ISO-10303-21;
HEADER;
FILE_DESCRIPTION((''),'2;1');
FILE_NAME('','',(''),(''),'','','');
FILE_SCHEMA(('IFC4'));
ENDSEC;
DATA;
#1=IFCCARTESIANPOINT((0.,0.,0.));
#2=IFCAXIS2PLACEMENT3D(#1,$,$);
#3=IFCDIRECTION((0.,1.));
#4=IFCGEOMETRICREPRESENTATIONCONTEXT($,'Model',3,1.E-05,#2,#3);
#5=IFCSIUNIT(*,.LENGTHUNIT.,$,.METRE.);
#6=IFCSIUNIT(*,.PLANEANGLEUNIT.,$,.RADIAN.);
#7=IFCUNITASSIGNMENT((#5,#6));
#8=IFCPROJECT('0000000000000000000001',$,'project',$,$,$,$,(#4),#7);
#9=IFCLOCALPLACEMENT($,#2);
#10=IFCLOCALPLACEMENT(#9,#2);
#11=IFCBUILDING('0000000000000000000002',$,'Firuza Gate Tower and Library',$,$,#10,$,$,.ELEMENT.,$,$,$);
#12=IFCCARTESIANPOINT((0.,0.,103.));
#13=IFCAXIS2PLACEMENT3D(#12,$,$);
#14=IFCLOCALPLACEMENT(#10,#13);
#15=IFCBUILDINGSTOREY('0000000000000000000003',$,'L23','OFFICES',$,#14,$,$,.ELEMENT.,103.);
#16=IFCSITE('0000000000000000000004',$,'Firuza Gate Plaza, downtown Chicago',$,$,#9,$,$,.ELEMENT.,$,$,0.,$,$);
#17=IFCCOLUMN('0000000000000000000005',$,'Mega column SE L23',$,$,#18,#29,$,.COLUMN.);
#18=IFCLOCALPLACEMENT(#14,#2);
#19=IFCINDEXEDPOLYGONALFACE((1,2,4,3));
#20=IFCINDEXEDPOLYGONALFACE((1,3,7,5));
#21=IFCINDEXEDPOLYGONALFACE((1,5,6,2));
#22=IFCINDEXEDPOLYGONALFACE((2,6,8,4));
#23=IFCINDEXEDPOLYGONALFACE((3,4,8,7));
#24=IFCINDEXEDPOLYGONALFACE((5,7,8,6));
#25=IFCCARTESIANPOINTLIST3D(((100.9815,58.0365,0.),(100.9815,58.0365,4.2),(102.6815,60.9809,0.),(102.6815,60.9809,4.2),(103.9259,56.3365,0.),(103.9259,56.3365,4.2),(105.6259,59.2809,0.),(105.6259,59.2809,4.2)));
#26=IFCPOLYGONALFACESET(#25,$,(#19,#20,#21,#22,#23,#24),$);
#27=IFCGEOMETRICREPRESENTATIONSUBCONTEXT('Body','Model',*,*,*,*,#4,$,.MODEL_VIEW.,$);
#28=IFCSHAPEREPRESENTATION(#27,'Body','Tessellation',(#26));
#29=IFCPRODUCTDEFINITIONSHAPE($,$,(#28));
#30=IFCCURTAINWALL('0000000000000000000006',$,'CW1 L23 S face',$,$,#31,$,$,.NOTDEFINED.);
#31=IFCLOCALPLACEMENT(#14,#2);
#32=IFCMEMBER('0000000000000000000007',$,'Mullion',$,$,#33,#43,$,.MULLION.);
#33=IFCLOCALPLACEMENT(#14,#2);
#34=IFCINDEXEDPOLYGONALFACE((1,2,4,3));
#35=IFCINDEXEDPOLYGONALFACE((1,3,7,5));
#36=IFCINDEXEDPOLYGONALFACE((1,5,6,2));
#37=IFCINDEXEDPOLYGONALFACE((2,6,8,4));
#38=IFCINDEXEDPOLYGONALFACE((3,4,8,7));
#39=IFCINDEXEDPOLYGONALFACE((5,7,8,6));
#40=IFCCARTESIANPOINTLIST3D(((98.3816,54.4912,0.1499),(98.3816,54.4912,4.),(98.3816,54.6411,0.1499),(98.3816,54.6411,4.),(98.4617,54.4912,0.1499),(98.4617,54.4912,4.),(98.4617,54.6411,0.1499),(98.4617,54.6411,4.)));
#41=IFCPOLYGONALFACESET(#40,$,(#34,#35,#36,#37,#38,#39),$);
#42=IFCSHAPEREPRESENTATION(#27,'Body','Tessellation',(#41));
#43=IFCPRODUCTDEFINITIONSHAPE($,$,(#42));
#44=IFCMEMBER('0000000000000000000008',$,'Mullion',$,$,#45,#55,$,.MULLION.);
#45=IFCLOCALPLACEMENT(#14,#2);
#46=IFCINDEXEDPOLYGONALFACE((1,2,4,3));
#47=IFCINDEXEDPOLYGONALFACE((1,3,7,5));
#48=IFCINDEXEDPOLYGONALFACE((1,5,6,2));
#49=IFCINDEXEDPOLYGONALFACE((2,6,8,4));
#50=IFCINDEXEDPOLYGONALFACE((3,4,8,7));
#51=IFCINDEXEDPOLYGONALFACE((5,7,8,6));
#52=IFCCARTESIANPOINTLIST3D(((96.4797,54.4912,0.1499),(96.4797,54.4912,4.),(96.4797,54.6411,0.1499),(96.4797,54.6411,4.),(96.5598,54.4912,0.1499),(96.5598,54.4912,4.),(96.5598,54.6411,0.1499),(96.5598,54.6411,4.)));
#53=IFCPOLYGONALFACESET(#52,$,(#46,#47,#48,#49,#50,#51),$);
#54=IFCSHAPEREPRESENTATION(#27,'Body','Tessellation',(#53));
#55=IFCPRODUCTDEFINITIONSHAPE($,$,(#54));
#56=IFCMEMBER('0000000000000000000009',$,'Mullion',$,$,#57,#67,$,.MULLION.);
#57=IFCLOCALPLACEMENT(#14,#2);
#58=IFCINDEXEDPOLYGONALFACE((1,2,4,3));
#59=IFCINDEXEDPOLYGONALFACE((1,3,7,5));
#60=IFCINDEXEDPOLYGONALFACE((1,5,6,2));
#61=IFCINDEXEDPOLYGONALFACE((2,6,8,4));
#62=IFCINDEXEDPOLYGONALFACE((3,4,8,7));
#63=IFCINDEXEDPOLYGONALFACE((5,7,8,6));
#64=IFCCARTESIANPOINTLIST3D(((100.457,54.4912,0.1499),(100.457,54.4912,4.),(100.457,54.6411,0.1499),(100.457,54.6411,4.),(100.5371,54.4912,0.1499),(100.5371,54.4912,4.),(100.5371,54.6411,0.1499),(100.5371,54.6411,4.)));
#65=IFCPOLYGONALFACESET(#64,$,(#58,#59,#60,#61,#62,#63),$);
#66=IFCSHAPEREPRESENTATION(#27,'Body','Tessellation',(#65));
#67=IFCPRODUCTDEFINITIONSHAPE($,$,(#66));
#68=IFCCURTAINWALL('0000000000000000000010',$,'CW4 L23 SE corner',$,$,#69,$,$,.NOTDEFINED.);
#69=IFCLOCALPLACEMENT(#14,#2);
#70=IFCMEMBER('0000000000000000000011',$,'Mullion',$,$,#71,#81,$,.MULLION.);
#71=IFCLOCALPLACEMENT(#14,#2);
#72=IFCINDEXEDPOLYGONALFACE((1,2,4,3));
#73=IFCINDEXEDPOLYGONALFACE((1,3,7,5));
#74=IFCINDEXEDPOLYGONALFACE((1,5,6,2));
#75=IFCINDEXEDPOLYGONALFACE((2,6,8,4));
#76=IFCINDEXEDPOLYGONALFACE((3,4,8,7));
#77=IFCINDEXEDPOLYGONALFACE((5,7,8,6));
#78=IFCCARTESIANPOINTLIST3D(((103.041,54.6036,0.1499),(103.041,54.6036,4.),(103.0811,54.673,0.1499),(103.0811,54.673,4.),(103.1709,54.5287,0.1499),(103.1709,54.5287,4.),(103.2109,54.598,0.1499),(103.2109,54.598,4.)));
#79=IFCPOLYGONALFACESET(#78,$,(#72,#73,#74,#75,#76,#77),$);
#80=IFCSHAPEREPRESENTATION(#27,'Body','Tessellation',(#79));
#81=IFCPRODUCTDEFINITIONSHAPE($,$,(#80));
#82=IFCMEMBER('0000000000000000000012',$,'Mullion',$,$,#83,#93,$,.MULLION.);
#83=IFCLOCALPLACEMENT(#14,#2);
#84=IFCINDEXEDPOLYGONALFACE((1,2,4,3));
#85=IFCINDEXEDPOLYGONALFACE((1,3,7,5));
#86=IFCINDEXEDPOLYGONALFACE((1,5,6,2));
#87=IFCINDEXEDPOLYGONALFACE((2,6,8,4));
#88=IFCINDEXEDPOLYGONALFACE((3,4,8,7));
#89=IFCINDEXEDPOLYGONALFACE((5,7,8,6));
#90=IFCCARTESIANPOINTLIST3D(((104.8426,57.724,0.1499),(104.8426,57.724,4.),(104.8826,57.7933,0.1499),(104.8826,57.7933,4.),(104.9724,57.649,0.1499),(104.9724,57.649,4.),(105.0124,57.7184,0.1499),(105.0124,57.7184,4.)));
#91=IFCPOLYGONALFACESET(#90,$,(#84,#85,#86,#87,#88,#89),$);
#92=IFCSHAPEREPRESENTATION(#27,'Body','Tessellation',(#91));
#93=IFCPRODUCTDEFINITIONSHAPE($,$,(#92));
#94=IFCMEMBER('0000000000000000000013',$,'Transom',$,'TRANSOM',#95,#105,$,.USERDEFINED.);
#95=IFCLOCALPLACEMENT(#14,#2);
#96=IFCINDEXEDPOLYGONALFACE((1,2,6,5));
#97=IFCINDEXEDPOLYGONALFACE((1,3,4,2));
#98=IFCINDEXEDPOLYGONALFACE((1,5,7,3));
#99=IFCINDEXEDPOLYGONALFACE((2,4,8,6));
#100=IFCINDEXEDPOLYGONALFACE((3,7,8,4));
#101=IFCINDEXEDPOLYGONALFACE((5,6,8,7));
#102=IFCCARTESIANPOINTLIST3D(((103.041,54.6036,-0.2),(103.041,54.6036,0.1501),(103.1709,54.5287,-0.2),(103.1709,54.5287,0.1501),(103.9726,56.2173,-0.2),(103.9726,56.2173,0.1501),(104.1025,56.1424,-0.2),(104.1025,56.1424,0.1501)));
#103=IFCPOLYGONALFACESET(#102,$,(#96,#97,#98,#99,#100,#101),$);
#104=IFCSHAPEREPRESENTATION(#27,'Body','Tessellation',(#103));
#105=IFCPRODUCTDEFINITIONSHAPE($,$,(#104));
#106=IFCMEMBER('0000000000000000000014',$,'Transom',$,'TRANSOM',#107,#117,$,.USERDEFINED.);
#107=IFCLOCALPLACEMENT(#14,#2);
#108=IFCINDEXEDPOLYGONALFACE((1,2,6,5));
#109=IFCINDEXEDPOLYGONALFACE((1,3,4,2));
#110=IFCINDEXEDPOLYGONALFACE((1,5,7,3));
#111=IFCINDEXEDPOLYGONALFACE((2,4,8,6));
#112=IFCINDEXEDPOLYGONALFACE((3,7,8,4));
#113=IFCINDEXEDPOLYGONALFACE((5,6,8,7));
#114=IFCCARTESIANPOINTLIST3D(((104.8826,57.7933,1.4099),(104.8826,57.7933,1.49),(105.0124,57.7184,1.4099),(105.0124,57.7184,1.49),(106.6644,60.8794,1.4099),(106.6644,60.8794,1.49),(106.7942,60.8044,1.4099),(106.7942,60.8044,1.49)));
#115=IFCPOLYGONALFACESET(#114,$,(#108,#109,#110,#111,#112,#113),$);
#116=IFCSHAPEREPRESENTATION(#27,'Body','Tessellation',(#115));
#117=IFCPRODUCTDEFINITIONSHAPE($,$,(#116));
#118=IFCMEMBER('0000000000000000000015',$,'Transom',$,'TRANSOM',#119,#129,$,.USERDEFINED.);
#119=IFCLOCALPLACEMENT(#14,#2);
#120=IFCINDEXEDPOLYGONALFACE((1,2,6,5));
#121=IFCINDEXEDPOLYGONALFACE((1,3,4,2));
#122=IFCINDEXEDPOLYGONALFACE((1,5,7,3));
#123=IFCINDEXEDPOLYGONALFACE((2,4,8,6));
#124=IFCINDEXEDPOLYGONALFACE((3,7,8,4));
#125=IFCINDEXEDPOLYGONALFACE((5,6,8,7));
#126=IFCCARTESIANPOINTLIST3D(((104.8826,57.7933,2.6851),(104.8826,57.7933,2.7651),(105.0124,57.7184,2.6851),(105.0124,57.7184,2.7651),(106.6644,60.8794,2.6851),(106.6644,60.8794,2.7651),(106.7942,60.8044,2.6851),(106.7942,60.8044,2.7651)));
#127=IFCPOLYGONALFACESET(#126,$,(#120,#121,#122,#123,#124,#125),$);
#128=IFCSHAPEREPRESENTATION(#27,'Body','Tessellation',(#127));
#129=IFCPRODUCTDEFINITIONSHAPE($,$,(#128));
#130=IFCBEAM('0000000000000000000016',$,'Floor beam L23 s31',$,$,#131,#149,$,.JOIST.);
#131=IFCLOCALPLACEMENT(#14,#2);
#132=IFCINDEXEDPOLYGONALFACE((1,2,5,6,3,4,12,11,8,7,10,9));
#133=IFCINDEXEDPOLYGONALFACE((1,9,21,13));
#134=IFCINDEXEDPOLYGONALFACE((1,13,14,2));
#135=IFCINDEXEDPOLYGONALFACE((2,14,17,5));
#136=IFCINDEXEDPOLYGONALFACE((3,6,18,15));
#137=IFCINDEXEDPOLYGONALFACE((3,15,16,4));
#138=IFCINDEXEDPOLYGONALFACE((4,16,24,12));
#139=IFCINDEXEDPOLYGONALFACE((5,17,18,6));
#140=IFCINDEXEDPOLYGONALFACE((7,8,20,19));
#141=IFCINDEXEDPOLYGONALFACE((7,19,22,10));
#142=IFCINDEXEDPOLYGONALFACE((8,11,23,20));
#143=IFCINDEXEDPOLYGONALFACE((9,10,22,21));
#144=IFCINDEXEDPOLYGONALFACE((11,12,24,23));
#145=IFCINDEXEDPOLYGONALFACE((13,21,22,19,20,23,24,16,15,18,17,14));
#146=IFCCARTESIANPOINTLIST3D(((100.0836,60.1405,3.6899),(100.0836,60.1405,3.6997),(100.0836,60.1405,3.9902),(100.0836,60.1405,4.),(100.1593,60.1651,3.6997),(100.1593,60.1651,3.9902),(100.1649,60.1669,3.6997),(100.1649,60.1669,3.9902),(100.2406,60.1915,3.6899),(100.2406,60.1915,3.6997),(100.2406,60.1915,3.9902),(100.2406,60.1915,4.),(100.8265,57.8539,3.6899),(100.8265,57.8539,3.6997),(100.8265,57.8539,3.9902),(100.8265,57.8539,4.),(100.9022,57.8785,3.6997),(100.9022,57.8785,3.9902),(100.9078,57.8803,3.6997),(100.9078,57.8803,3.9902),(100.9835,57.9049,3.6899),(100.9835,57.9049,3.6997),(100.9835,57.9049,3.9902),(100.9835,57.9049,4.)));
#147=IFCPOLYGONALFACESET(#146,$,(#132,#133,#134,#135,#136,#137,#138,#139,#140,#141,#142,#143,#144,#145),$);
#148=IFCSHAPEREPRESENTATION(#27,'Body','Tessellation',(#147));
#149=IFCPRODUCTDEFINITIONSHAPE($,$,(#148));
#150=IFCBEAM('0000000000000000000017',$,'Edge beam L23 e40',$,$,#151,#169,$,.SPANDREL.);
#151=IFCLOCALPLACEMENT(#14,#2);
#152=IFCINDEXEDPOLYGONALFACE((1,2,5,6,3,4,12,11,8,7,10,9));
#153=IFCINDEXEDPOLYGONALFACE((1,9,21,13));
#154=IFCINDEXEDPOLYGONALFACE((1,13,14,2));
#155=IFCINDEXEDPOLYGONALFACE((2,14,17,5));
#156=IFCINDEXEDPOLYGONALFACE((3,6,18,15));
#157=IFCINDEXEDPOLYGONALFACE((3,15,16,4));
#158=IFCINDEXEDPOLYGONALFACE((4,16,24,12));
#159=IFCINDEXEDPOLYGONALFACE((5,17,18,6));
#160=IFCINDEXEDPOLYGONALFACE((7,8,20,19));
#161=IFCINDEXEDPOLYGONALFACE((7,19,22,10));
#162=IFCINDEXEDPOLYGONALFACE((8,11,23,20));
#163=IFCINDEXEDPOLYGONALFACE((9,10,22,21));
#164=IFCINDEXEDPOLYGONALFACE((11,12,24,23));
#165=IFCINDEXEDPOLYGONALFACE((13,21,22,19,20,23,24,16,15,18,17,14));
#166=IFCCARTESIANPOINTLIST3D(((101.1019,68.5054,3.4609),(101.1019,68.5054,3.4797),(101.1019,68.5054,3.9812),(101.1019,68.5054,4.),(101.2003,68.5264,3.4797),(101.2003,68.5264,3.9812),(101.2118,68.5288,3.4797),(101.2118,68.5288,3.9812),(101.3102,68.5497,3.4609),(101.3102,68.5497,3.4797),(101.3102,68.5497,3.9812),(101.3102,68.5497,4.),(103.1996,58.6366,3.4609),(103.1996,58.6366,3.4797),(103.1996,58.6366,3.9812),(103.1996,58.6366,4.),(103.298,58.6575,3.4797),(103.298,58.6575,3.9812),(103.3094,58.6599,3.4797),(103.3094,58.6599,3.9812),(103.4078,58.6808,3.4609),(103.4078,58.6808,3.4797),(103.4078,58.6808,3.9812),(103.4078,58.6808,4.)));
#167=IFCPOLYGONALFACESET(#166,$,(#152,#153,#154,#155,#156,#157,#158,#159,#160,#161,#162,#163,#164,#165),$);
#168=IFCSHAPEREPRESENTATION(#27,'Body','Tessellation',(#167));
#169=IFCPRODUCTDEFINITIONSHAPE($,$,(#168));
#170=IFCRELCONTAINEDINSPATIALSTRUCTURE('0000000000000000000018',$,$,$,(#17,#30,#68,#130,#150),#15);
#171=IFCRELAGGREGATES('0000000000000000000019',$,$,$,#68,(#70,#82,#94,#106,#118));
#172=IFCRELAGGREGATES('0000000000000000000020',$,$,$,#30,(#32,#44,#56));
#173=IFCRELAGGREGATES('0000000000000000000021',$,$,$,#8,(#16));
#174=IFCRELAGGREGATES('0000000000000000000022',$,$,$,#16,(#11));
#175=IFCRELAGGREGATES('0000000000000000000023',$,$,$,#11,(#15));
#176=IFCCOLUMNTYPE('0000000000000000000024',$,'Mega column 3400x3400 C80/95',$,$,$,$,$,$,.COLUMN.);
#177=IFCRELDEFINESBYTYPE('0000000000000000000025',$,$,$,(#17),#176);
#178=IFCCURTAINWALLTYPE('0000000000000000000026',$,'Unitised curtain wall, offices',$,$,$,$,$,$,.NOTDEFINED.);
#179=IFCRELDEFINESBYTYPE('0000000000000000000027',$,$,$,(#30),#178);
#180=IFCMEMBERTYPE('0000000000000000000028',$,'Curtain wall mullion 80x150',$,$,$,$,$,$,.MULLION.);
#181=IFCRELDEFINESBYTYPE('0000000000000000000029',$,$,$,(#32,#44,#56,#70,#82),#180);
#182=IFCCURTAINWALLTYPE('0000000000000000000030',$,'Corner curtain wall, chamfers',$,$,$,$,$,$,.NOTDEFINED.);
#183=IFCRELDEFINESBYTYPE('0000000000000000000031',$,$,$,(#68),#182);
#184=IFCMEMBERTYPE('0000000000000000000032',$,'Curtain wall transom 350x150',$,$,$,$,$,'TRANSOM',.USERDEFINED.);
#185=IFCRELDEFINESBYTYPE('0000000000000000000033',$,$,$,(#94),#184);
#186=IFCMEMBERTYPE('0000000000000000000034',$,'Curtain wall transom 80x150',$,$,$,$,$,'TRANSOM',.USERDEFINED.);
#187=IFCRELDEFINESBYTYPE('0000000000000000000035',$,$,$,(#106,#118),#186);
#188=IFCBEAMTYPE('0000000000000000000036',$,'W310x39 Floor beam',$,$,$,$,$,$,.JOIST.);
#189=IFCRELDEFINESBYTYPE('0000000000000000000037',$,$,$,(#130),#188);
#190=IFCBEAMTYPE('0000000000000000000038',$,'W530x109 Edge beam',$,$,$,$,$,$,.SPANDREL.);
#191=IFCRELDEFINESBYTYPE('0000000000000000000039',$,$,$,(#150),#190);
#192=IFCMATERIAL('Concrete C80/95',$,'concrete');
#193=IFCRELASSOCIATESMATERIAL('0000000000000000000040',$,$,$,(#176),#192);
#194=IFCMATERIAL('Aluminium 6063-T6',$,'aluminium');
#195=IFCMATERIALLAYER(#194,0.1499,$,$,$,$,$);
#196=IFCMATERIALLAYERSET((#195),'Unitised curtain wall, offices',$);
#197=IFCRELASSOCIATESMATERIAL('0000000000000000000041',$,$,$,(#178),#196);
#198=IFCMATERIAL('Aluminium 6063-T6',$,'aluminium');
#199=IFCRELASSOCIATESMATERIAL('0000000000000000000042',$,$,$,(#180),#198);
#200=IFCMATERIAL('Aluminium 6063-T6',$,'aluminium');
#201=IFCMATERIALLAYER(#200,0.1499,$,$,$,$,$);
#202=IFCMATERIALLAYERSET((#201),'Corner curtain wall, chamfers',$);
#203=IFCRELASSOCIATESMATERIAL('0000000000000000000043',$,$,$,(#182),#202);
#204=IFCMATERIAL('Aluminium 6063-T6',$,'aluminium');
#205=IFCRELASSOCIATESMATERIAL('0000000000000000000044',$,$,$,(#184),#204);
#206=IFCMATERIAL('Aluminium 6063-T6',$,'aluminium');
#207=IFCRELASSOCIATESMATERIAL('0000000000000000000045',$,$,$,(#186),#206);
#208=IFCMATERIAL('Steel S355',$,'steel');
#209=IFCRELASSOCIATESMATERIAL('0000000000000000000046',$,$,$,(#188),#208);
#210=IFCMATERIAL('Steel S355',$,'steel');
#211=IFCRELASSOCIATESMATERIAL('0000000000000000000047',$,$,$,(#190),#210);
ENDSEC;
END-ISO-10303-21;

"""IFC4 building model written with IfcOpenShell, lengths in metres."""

from ifc_helpers import new_model, si_unit, direction, frame, origin, origin_2d, place, context, subcontext, project, spatial, rectangle, i_section, extrude, material, layer, layer_set, material_profile, profile_set, type_object, element, aggregate, save


model = new_model("IFC4")

# Units and contexts
model_context = context("Model", 3, precision=1e-05, world=origin(), true_north=direction((0.0, 1.0)))
body_context = subcontext(model_context, "Body", "Model", "MODEL_VIEW")
ifc_project = project(units=[si_unit("LENGTHUNIT", "METRE"), si_unit("PLANEANGLEUNIT", "RADIAN")], contexts=[model_context])

# Site, building, storey
site_placement = place(None, origin())
site = spatial("IfcSite", under=ifc_project, at=site_placement, Name="Firuza Gate Plaza, downtown Chicago", CompositionType="ELEMENT", RefElevation=0.0)
building_placement = place(site_placement, origin())
building = spatial("IfcBuilding", under=site, at=building_placement, Name="Firuza Gate Tower and Library", CompositionType="ELEMENT")
storey_placement = place(building_placement, frame((0.0, 0.0, 103.0)))
storey = spatial("IfcBuildingStorey", under=building, at=storey_placement, Name="L23", Description="OFFICES", CompositionType="ELEMENT", Elevation=103.0)

# Column
ifc_material_1 = material(Name="Concrete C80/95", Category="concrete")
ifc_material_profile_1 = material_profile(ifc_material_1, rectangle(XDim=3.3999, YDim=3.3999, at=origin_2d()))
ifc_profile_set_1 = profile_set([ifc_material_profile_1], Name="Concrete C80/95")
column_type = type_object("IfcColumnType", Name="Mega column 3400x3400 C80/95", PredefinedType="COLUMN", material=ifc_profile_set_1)
column_placement = place(storey_placement, frame((103.3037, 58.6587, 0.0), z_axis=(0.0, 0.0, 1.0), x_axis=(0.5, 0.866025, 0.0)))
element("IfcColumn", 1, at=column_placement, inside=storey, type_object=column_type, Name="Mega column SE L23", PredefinedType="COLUMN", context=body_context, shape_type="SweptSolid", body=[
    extrude(rectangle(XDim=3.3999, YDim=3.3999, at=origin_2d()), origin(), (0.0, 0.0, 1.0), 4.2),
])

# Curtain walls, members
ifc_material_2 = material(Name="Aluminium 6063-T6", Category="aluminium")
ifc_layer_1 = layer(ifc_material_2, 0.1499)
ifc_layer_set_1 = layer_set([ifc_layer_1], Name="Unitised curtain wall, offices")
curtain_wall_type_1 = type_object("IfcCurtainWallType", Name="Unitised curtain wall, offices", PredefinedType="NOTDEFINED", material=ifc_layer_set_1)
placement = place(storey_placement, origin())
curtain_wall_1 = element("IfcCurtainWall", 2, at=placement, inside=storey, type_object=curtain_wall_type_1, Name="CW1 L23 S face", PredefinedType="NOTDEFINED")
ifc_material_3 = material(Name="Aluminium 6063-T6", Category="aluminium")
ifc_material_profile_2 = material_profile(ifc_material_3, rectangle(XDim=0.1499, YDim=0.0801, at=origin_2d()))
ifc_profile_set_2 = profile_set([ifc_material_profile_2], Name="Aluminium 6063-T6")
member_type_1 = type_object("IfcMemberType", Name="Curtain wall mullion 80x150", PredefinedType="MULLION", material=ifc_profile_set_2)
member_1_placement = place(storey_placement, frame((98.4216, 54.5662, 0.1499), z_axis=(0.0, 0.0, 1.0), x_axis=(0.0, 1.0, 0.0)))
member_1 = element("IfcMember", 3, at=member_1_placement, type_object=member_type_1, Name="Mullion", PredefinedType="MULLION", context=body_context, shape_type="SweptSolid", body=[
    extrude(rectangle(XDim=0.1499, YDim=0.0801, at=origin_2d()), origin(), (0.0, 0.0, 1.0), 3.8501),
])
member_2_placement = place(storey_placement, frame((96.5198, 54.5662, 0.1499), z_axis=(0.0, 0.0, 1.0), x_axis=(0.0, 1.0, 0.0)))
member_2 = element("IfcMember", 4, at=member_2_placement, type_object=member_type_1, Name="Mullion", PredefinedType="MULLION", context=body_context, shape_type="SweptSolid", body=[
    extrude(rectangle(XDim=0.1499, YDim=0.0801, at=origin_2d()), origin(), (0.0, 0.0, 1.0), 3.8501),
])
member_3_placement = place(storey_placement, frame((100.4971, 54.5662, 0.1499), z_axis=(0.0, 0.0, 1.0), x_axis=(0.0, 1.0, 0.0)))
member_3 = element("IfcMember", 5, at=member_3_placement, type_object=member_type_1, Name="Mullion", PredefinedType="MULLION", context=body_context, shape_type="SweptSolid", body=[
    extrude(rectangle(XDim=0.1499, YDim=0.0801, at=origin_2d()), origin(), (0.0, 0.0, 1.0), 3.8501),
])
ifc_material_4 = material(Name="Aluminium 6063-T6", Category="aluminium")
ifc_layer_2 = layer(ifc_material_4, 0.1499)
ifc_layer_set_2 = layer_set([ifc_layer_2], Name="Corner curtain wall, chamfers")
curtain_wall_type_2 = type_object("IfcCurtainWallType", Name="Corner curtain wall, chamfers", PredefinedType="NOTDEFINED", material=ifc_layer_set_2)
curtain_wall_2 = element("IfcCurtainWall", 6, at=placement, inside=storey, type_object=curtain_wall_type_2, Name="CW4 L23 SE corner", PredefinedType="NOTDEFINED")
member_4_placement = place(storey_placement, frame((103.126, 54.6008, 0.1499), z_axis=(0.0, 0.0, 1.0), x_axis=(-0.866025, 0.5, 0.0)))
member_4 = element("IfcMember", 7, at=member_4_placement, type_object=member_type_1, Name="Mullion", PredefinedType="MULLION", context=body_context, shape_type="SweptSolid", body=[
    extrude(rectangle(XDim=0.1499, YDim=0.0801, at=origin_2d()), origin(), (0.0, 0.0, 1.0), 3.8501),
])
member_5_placement = place(storey_placement, frame((104.9275, 57.7212, 0.1499), z_axis=(0.0, 0.0, 1.0), x_axis=(-0.866025, 0.5, 0.0)))
member_5 = element("IfcMember", 8, at=member_5_placement, type_object=member_type_1, Name="Mullion", PredefinedType="MULLION", context=body_context, shape_type="SweptSolid", body=[
    extrude(rectangle(XDim=0.1499, YDim=0.0801, at=origin_2d()), origin(), (0.0, 0.0, 1.0), 3.8501),
])
ifc_material_5 = material(Name="Aluminium 6063-T6", Category="aluminium")
ifc_material_profile_3 = material_profile(ifc_material_5, rectangle(XDim=0.1499, YDim=0.3501, at=origin_2d()))
ifc_profile_set_3 = profile_set([ifc_material_profile_3], Name="Aluminium 6063-T6")
member_type_2 = type_object("IfcMemberType", Name="Curtain wall transom 350x150", ElementType="TRANSOM", PredefinedType="USERDEFINED", material=ifc_profile_set_3)
member_6_placement = place(storey_placement, frame((103.106, 54.5662, -0.0249), z_axis=(0.499972, 0.866042, 0.0), x_axis=(-0.866042, 0.499972, 0.0)))
member_6 = element("IfcMember", 9, at=member_6_placement, type_object=member_type_2, Name="Transom", ObjectType="TRANSOM", PredefinedType="USERDEFINED", context=body_context, shape_type="SweptSolid", body=[
    extrude(rectangle(XDim=0.1499, YDim=0.3501, at=origin_2d()), origin(), (0.0, 0.0, 1.0), 1.8633),
])
ifc_material_6 = material(Name="Aluminium 6063-T6", Category="aluminium")
ifc_material_profile_4 = material_profile(ifc_material_6, rectangle(XDim=0.1499, YDim=0.0801, at=origin_2d()))
ifc_profile_set_4 = profile_set([ifc_material_profile_4], Name="Aluminium 6063-T6")
member_type_3 = type_object("IfcMemberType", Name="Curtain wall transom 80x150", ElementType="TRANSOM", PredefinedType="USERDEFINED", material=ifc_profile_set_4)
member_7_placement = place(storey_placement, frame((104.9475, 57.7559, 1.45), z_axis=(0.500015, 0.866017, 0.0), x_axis=(-0.866017, 0.500015, 0.0)))
member_7 = element("IfcMember", 10, at=member_7_placement, type_object=member_type_3, Name="Transom", ObjectType="TRANSOM", PredefinedType="USERDEFINED", context=body_context, shape_type="SweptSolid", body=[
    extrude(rectangle(XDim=0.1499, YDim=0.0801, at=origin_2d()), origin(), (0.0, 0.0, 1.0), 3.5635),
])
member_8_placement = place(storey_placement, frame((104.9475, 57.7559, 2.7251), z_axis=(0.500015, 0.866017, 0.0), x_axis=(-0.866017, 0.500015, 0.0)))
member_8 = element("IfcMember", 11, at=member_8_placement, type_object=member_type_3, Name="Transom", ObjectType="TRANSOM", PredefinedType="USERDEFINED", context=body_context, shape_type="SweptSolid", body=[
    extrude(rectangle(XDim=0.1499, YDim=0.0801, at=origin_2d()), origin(), (0.0, 0.0, 1.0), 3.5635),
])

# Beams
ifc_material_7 = material(Name="Steel S355", Category="steel")
ifc_material_profile_5 = material_profile(ifc_material_7, i_section(OverallWidth=0.165, OverallDepth=0.3101, WebThickness=0.0059, FlangeThickness=0.0098, at=origin_2d()))
ifc_profile_set_5 = profile_set([ifc_material_profile_5], Name="Steel S355")
beam_type_1 = type_object("IfcBeamType", Name="W310x39 Floor beam", PredefinedType="JOIST", material=ifc_profile_set_5)
beam_1_placement = place(storey_placement, frame((100.905, 57.8794, 3.845), z_axis=(-0.308999, 0.951062, 0.0), x_axis=(-0.951062, -0.308999, 0.0)))
element("IfcBeam", 12, at=beam_1_placement, inside=storey, type_object=beam_type_1, Name="Floor beam L23 s31", PredefinedType="JOIST", context=body_context, shape_type="SweptSolid", body=[
    extrude(i_section(OverallWidth=0.165, OverallDepth=0.3101, WebThickness=0.0059, FlangeThickness=0.0098, at=origin_2d()), origin(), (0.0, 0.0, 1.0), 2.4043),
])
ifc_material_8 = material(Name="Steel S355", Category="steel")
ifc_material_profile_6 = material_profile(ifc_material_8, i_section(OverallWidth=0.2129, OverallDepth=0.5391, WebThickness=0.0117, FlangeThickness=0.0188, at=origin_2d()))
ifc_profile_set_6 = profile_set([ifc_material_profile_6], Name="Steel S355")
beam_type_2 = type_object("IfcBeamType", Name="W530x109 Edge beam", PredefinedType="SPANDREL", material=ifc_profile_set_6)
beam_2_placement = place(storey_placement, frame((103.3037, 58.6587, 3.7305), z_axis=(-0.207908, 0.978148, 0.0), x_axis=(-0.978148, -0.207908, 0.0)))
element("IfcBeam", 13, at=beam_2_placement, inside=storey, type_object=beam_type_2, Name="Edge beam L23 e40", PredefinedType="SPANDREL", context=body_context, shape_type="SweptSolid", body=[
    extrude(i_section(OverallWidth=0.2129, OverallDepth=0.5391, WebThickness=0.0117, FlangeThickness=0.0188, at=origin_2d()), origin(), (0.0, 0.0, 1.0), 10.0894),
])

aggregate(curtain_wall_2, [member_4, member_5, member_6, member_7, member_8])
aggregate(curtain_wall_1, [member_1, member_2, member_3])

save(model, "model.ifc")
